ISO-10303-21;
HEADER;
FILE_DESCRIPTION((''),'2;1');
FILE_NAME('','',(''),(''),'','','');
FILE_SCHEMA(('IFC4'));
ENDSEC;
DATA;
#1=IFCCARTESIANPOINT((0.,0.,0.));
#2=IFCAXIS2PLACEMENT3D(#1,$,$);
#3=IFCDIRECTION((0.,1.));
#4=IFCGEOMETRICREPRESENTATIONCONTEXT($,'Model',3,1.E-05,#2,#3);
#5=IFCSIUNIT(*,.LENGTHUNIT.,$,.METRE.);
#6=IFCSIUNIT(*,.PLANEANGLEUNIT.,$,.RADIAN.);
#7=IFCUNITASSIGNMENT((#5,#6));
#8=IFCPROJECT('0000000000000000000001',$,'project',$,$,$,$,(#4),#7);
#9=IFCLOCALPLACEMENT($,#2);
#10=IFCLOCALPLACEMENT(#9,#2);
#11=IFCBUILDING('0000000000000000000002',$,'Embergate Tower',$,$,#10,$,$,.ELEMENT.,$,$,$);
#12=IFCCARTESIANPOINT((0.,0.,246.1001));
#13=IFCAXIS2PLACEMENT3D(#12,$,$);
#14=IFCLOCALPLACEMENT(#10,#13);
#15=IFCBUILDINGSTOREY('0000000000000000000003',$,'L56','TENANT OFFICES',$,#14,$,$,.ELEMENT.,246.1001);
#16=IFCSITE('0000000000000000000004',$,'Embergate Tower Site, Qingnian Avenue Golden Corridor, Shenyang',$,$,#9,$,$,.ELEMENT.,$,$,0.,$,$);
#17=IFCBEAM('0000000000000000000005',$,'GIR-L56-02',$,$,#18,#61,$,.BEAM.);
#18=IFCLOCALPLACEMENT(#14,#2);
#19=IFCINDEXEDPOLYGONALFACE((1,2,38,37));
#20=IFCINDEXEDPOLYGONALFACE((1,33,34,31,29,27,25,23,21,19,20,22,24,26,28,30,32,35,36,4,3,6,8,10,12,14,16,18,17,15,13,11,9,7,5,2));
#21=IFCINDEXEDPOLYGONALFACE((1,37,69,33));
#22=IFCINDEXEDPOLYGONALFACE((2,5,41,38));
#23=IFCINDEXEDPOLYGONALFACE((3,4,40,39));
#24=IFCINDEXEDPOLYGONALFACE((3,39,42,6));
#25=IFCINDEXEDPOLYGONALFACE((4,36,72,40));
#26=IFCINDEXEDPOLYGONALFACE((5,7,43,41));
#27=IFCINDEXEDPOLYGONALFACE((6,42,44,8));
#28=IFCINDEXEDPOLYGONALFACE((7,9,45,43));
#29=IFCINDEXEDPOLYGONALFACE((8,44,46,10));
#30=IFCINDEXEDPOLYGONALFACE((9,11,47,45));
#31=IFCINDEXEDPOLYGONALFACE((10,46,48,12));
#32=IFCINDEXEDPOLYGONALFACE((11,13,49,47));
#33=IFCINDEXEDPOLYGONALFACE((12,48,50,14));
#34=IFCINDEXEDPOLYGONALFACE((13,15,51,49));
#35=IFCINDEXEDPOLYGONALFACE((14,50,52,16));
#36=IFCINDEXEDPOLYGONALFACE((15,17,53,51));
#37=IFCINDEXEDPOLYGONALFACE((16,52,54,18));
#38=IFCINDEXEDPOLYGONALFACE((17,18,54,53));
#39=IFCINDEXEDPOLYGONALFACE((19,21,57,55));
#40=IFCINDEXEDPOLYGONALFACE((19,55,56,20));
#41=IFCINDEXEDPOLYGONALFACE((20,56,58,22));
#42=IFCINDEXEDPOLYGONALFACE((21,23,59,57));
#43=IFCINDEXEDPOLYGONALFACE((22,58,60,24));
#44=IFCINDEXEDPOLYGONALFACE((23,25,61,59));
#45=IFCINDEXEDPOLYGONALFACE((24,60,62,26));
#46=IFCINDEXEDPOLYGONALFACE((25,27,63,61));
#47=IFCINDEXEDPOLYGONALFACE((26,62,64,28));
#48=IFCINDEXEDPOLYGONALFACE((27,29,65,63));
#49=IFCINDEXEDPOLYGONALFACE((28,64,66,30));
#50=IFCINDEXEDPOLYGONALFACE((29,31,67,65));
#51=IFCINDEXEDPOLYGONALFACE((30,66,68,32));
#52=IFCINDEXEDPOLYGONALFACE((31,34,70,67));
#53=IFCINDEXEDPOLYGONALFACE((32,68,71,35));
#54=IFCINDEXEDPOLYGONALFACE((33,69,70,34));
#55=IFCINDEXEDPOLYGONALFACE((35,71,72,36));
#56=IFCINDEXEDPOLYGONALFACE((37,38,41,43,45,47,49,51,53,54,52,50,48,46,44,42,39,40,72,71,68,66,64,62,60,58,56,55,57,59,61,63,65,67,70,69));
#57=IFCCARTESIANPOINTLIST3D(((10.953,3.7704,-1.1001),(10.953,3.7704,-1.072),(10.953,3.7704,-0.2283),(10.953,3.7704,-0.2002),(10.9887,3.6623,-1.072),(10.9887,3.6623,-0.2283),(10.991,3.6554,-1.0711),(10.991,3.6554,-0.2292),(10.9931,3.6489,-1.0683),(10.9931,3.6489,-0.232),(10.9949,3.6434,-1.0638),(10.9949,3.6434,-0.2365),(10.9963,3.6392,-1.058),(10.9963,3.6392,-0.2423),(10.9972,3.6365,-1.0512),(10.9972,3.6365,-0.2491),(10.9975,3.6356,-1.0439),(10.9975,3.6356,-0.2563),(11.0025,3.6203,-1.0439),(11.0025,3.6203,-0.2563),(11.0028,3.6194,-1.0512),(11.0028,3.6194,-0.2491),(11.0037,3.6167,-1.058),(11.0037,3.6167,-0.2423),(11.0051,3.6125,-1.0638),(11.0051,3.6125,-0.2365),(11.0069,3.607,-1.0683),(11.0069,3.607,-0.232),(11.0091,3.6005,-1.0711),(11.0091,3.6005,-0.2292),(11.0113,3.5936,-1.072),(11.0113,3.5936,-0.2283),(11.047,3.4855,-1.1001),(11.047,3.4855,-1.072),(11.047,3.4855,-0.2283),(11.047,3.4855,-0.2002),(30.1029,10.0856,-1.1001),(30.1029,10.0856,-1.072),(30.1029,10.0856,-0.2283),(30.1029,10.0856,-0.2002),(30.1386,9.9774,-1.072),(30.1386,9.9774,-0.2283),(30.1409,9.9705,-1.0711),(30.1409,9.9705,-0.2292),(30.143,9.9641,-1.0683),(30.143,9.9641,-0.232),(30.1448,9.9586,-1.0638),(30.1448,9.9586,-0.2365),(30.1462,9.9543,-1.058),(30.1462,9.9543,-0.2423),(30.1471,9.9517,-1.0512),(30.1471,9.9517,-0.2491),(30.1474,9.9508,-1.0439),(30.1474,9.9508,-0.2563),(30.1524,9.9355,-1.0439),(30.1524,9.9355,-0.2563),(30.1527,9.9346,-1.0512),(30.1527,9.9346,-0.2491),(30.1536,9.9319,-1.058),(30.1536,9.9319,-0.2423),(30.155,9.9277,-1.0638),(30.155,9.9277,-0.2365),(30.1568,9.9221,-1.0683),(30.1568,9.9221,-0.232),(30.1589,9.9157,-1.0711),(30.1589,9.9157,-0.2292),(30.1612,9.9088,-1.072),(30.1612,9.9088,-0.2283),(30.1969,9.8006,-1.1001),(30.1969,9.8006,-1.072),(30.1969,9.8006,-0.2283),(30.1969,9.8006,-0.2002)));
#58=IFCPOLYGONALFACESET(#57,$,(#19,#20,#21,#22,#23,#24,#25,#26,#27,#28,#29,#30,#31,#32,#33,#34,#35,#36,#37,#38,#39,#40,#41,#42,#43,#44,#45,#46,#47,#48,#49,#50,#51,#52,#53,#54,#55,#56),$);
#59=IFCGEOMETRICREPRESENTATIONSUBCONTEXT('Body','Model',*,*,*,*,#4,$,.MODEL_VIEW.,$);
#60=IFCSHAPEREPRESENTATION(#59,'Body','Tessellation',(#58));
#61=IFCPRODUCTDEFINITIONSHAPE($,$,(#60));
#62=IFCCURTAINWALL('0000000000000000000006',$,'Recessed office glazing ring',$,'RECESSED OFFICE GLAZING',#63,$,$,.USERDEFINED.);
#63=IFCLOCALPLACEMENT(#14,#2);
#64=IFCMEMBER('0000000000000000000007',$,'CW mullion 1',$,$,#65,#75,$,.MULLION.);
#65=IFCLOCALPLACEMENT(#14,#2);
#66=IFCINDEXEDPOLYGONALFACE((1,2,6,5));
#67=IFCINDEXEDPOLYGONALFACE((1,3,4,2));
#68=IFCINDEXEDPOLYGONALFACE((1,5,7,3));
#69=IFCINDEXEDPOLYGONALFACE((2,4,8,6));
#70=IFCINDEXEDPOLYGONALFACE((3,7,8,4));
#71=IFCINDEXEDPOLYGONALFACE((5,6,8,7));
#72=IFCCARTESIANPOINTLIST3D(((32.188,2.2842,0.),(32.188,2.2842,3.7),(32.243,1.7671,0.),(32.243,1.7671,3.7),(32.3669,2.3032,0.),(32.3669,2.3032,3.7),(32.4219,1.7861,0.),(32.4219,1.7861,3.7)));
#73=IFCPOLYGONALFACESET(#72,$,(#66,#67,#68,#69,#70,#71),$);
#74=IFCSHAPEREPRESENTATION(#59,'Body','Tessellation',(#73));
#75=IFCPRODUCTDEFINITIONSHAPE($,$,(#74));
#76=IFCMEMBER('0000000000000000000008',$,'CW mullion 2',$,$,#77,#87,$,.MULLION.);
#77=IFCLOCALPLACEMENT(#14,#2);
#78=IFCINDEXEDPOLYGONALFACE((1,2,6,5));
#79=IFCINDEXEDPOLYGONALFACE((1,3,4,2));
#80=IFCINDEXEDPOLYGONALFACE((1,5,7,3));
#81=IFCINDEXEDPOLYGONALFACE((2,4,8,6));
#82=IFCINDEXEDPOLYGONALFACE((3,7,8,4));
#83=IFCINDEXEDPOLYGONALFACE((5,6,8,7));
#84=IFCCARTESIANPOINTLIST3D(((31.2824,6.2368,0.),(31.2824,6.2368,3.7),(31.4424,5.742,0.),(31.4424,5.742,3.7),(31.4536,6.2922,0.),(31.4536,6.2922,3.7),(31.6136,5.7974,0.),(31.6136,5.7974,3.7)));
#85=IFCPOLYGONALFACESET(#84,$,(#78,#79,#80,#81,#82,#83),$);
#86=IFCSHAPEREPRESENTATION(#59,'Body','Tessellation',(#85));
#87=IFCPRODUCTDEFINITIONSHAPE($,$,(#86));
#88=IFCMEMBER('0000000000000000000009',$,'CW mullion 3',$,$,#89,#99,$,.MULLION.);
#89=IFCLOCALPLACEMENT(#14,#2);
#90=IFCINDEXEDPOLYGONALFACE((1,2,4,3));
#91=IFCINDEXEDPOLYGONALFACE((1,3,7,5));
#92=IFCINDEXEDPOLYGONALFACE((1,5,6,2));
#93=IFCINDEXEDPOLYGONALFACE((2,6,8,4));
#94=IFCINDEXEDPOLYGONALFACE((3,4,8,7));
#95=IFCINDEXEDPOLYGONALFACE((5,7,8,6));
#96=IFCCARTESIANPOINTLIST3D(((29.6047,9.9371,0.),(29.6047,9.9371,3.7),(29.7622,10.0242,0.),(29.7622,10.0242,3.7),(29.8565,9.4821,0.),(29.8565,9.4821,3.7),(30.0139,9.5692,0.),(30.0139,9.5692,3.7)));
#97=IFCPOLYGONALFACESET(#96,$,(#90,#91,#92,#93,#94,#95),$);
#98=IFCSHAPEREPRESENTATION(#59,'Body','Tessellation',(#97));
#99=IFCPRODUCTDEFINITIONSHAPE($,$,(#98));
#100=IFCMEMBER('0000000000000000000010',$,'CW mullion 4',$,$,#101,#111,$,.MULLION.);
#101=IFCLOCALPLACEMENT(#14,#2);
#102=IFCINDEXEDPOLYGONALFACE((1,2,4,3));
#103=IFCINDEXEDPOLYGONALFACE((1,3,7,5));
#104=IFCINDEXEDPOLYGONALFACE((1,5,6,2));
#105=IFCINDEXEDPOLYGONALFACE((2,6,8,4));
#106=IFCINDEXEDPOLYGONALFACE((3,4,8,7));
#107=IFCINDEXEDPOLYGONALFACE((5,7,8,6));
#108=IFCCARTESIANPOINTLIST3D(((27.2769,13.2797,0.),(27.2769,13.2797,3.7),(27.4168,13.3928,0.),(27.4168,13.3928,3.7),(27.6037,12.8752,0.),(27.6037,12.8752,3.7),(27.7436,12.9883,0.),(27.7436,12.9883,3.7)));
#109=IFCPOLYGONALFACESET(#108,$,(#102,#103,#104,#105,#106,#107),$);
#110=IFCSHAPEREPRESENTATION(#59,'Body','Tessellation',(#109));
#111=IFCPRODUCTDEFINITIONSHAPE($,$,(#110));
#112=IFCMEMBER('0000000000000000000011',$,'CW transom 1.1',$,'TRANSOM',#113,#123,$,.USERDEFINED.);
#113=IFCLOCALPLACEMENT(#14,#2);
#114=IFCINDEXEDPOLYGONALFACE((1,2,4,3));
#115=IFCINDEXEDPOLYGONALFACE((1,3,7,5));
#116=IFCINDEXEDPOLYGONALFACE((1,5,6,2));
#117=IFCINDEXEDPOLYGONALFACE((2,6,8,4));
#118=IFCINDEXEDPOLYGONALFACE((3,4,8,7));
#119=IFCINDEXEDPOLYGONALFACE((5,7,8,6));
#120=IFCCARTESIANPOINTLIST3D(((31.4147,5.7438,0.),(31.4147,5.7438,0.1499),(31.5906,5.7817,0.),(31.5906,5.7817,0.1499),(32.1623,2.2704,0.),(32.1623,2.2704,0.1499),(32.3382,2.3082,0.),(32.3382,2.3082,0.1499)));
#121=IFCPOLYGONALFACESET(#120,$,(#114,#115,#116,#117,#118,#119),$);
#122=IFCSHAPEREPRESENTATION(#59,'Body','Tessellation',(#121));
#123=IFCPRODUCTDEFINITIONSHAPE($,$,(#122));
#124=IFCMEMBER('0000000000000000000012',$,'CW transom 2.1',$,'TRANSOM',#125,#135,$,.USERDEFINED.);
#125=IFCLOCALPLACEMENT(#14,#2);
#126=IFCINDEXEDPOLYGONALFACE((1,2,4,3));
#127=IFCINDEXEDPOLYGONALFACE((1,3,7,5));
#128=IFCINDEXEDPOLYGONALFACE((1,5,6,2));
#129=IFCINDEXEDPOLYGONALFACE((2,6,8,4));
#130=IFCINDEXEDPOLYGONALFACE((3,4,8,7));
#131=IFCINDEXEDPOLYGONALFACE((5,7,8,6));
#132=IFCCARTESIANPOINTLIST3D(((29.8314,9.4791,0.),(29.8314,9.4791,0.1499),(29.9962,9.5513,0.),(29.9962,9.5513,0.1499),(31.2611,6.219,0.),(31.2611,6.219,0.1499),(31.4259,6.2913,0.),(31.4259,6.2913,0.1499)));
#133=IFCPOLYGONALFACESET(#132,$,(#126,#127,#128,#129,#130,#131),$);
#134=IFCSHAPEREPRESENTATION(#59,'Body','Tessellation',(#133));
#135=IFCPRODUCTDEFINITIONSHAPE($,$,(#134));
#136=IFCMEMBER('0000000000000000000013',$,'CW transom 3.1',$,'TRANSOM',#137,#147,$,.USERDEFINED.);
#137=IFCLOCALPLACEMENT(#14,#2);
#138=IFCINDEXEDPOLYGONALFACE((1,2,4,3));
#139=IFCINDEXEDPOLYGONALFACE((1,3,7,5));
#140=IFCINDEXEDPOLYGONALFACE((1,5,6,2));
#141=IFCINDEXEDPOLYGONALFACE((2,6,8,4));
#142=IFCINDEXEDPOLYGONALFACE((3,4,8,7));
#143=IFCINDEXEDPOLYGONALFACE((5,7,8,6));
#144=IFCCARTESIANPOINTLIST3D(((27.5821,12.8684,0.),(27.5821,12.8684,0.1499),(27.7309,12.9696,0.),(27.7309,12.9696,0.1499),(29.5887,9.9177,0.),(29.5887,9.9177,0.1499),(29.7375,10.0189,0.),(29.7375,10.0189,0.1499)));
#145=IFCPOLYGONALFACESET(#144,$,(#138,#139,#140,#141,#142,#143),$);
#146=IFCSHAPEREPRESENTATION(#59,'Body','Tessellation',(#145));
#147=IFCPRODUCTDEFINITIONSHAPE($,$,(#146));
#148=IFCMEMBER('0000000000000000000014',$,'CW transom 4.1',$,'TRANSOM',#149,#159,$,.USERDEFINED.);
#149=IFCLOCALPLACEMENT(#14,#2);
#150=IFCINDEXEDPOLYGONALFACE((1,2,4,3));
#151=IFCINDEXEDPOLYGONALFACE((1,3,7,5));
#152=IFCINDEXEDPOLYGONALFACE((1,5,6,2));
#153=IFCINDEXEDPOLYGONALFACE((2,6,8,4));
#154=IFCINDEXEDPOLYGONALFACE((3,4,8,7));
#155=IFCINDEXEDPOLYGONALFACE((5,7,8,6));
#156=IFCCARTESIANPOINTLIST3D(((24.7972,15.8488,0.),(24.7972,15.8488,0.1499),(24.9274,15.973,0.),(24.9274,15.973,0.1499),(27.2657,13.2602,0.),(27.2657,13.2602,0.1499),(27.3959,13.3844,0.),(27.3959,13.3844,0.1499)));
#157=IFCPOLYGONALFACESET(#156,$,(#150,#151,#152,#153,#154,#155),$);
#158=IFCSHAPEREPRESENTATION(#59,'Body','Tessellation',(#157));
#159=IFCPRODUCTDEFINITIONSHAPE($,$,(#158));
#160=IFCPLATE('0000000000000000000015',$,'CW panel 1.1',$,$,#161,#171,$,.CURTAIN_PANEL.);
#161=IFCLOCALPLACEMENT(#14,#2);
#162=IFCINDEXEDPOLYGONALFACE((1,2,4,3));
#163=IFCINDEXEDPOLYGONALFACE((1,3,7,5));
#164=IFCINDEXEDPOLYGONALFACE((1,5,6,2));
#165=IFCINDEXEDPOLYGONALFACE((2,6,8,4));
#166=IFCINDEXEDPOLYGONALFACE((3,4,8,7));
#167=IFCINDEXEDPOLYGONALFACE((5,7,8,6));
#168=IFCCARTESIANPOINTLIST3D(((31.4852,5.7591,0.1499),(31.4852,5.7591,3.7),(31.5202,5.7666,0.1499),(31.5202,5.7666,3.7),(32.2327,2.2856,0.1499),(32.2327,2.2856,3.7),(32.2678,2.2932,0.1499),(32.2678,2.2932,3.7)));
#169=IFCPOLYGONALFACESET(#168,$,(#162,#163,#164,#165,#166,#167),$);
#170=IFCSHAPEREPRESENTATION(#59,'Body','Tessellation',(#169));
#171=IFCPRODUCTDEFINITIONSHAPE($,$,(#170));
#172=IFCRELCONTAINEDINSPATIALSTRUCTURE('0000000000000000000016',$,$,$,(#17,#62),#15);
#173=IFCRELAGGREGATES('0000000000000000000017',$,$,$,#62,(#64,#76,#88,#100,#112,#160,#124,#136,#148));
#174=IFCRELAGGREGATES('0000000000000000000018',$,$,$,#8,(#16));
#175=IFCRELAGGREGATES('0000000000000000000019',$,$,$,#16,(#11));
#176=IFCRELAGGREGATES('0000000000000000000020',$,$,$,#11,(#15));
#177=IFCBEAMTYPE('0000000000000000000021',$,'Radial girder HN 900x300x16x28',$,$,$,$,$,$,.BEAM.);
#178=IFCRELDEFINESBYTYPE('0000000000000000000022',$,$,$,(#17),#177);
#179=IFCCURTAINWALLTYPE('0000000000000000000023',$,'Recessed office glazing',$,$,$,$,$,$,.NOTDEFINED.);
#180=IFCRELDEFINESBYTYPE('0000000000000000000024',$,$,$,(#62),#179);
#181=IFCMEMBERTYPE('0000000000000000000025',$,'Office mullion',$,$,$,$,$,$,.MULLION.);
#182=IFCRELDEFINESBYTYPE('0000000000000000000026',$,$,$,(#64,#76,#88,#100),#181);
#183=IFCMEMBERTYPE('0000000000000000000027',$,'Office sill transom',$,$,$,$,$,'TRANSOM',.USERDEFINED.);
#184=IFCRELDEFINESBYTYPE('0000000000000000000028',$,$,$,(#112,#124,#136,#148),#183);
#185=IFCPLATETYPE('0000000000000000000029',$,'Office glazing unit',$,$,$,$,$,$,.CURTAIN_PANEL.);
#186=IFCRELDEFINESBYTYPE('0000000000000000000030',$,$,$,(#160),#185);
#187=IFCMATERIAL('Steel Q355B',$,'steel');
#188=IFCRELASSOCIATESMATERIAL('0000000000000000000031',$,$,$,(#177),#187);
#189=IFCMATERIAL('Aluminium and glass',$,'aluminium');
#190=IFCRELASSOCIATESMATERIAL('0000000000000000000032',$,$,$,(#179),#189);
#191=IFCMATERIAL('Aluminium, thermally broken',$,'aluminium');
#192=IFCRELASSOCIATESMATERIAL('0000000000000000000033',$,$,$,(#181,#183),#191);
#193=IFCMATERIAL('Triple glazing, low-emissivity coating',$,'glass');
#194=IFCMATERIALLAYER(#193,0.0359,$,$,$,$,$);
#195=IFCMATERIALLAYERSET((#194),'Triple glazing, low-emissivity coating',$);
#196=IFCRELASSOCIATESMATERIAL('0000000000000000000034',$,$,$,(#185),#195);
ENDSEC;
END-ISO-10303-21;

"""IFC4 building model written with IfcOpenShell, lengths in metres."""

from ifc_helpers import new_model, si_unit, direction, frame, origin, origin_2d, place, context, subcontext, project, spatial, rectangle, i_section, extrude, source, transform, mapped, material, layer, layer_set, material_profile, profile_set, type_object, element, aggregate, save


model = new_model("IFC4")

# Units and contexts
model_context = context("Model", 3, precision=1e-05, world=origin(), true_north=direction((0.0, 1.0)))
body_context = subcontext(model_context, "Body", "Model", "MODEL_VIEW")
ifc_project = project(units=[si_unit("LENGTHUNIT", "METRE"), si_unit("PLANEANGLEUNIT", "RADIAN")], contexts=[model_context])

# Site, building, storey
site_placement = place(None, origin())
site = spatial("IfcSite", under=ifc_project, at=site_placement, Name="Embergate Tower Site, Qingnian Avenue Golden Corridor, Shenyang", CompositionType="ELEMENT", RefElevation=0.0)
building_placement = place(site_placement, origin())
building = spatial("IfcBuilding", under=site, at=building_placement, Name="Embergate Tower", CompositionType="ELEMENT")
storey_placement = place(building_placement, frame((0.0, 0.0, 246.1001)))
storey = spatial("IfcBuildingStorey", under=building, at=storey_placement, Name="L56", Description="TENANT OFFICES", CompositionType="ELEMENT", Elevation=246.1001)

# Beam
ifc_material_1 = material(Name="Steel Q355B", Category="steel")
ifc_material_profile_1 = material_profile(ifc_material_1, i_section(OverallWidth=0.3, OverallDepth=0.8999, WebThickness=0.0161, FlangeThickness=0.0281, FilletRadius=0.0281, at=origin_2d()), Name="HN 900x300x16x28")
ifc_profile_set_1 = profile_set([ifc_material_profile_1], Name="Steel Q355 grade B")
beam_type_1 = type_object("IfcBeamType", Name="Radial girder HN 900x300x16x28", PredefinedType="BEAM", material=ifc_profile_set_1)
shared_shape_1 = source(origin(), body_context, "Body", "SweptSolid", [
    extrude(i_section(OverallWidth=0.3, OverallDepth=0.8999, WebThickness=0.0161, FlangeThickness=0.0281, FilletRadius=0.0281, at=origin_2d()), origin(), (0.0, 0.0, 1.0), 20.1643),
])
beam_1_placement = place(storey_placement, frame((30.1499, 9.9431, -0.6501), z_axis=(-0.949692, -0.313186, 0.0), x_axis=(0.313186, -0.949692, 0.0)))
element("IfcBeam", 1, at=beam_1_placement, inside=storey, type_object=beam_type_1, Name="GIR-L56-02", PredefinedType="BEAM", context=body_context, shape_type="MappedRepresentation", body=[
    mapped(shared_shape_1, transform((0.0, 0.0, 0.0))),
])

# Curtain wall, members, plate
ifc_material_2 = material(Name="Aluminium and glass", Category="aluminium")
curtain_wall_type = type_object("IfcCurtainWallType", Name="Recessed office glazing", PredefinedType="NOTDEFINED", material=ifc_material_2)
curtain_wall_placement = place(storey_placement, origin())
curtain_wall = element("IfcCurtainWall", 2, at=curtain_wall_placement, inside=storey, type_object=curtain_wall_type, Name="Recessed office glazing ring", ObjectType="RECESSED OFFICE GLAZING", PredefinedType="USERDEFINED")
ifc_material_3 = material(Name="Aluminium, thermally broken", Category="aluminium")
ifc_material_profile_2 = material_profile(ifc_material_3, rectangle(XDim=0.1799, YDim=0.52, at=origin_2d()), Name="AL 520x180")
ifc_profile_set_2 = profile_set([ifc_material_profile_2], Name="Aluminium, thermally broken")
member_type_1 = type_object("IfcMemberType", Name="Office mullion", PredefinedType="MULLION", material=ifc_profile_set_2)
shared_shape_2 = source(origin(), body_context, "Body", "SweptSolid", [
    extrude(rectangle(XDim=0.1799, YDim=0.52, at=origin_2d()), origin(), (0.0, 0.0, 1.0), 3.7),
])
member_1_placement = place(storey_placement, frame((32.3049, 2.0352, 0.0), z_axis=(0.0, 0.0, 1.0), x_axis=(-0.994385, -0.105827, 0.0)))
member_1 = element("IfcMember", 3, at=member_1_placement, type_object=member_type_1, Name="CW mullion 1", PredefinedType="MULLION", context=body_context, shape_type="MappedRepresentation", body=[
    mapped(shared_shape_2, transform((0.0, 0.0, 0.0))),
])
member_2_placement = place(storey_placement, frame((31.448, 6.0171, 0.0), z_axis=(0.0, 0.0, 1.0), x_axis=(-0.951496, -0.307662, 0.0)))
member_2 = element("IfcMember", 4, at=member_2_placement, type_object=member_type_1, Name="CW mullion 2", PredefinedType="MULLION", context=body_context, shape_type="MappedRepresentation", body=[
    mapped(shared_shape_2, transform((0.0, 0.0, 0.0))),
])
member_3_placement = place(storey_placement, frame((29.8093, 9.7532, 0.0), z_axis=(0.0, 0.0, 1.0), x_axis=(-0.874998, -0.484127, 0.0)))
member_3 = element("IfcMember", 5, at=member_3_placement, type_object=member_type_1, Name="CW mullion 3", PredefinedType="MULLION", context=body_context, shape_type="MappedRepresentation", body=[
    mapped(shared_shape_2, transform((0.0, 0.0, 0.0))),
])
member_4_placement = place(storey_placement, frame((27.5103, 13.134, 0.0), z_axis=(0.0, 0.0, 1.0), x_axis=(-0.777868, -0.628427, 0.0)))
member_4 = element("IfcMember", 6, at=member_4_placement, type_object=member_type_1, Name="CW mullion 4", PredefinedType="MULLION", context=body_context, shape_type="MappedRepresentation", body=[
    mapped(shared_shape_2, transform((0.0, 0.0, 0.0))),
])
ifc_material_profile_3 = material_profile(ifc_material_3, rectangle(XDim=0.1799, YDim=0.1499, at=origin_2d()), Name="AL 150x180")
ifc_profile_set_3 = profile_set([ifc_material_profile_3], Name="Aluminium, thermally broken")
member_type_2 = type_object("IfcMemberType", Name="Office sill transom", ElementType="TRANSOM", PredefinedType="USERDEFINED", material=ifc_profile_set_3)
shared_shape_3 = source(origin(), body_context, "Body", "SweptSolid", [
    extrude(rectangle(XDim=0.1799, YDim=0.1499, at=origin_2d()), origin(), (0.0, 0.0, 1.0), 3.553),
])
member_5_placement = place(storey_placement, frame((32.2502, 2.2893, 0.075), z_axis=(-0.210407, 0.977614, 0.0), x_axis=(-0.977614, -0.210407, 0.0)))
member_5 = element("IfcMember", 7, at=member_5_placement, type_object=member_type_2, Name="CW transom 1.1", ObjectType="TRANSOM", PredefinedType="USERDEFINED", context=body_context, shape_type="MappedRepresentation", body=[
    mapped(shared_shape_3, transform((0.0, 0.0, 0.0))),
])
shared_shape_4 = source(origin(), body_context, "Body", "SweptSolid", [
    extrude(rectangle(XDim=0.1799, YDim=0.1499, at=origin_2d()), origin(), (0.0, 0.0, 1.0), 3.5598),
])
member_6_placement = place(storey_placement, frame((31.3435, 6.2551, 0.075), z_axis=(-0.401628, 0.915803, 0.0), x_axis=(-0.915803, -0.401628, 0.0)))
member_6 = element("IfcMember", 8, at=member_6_placement, type_object=member_type_2, Name="CW transom 2.1", ObjectType="TRANSOM", PredefinedType="USERDEFINED", context=body_context, shape_type="MappedRepresentation", body=[
    mapped(shared_shape_4, transform((0.0, 0.0, 0.0))),
])
shared_shape_5 = source(origin(), body_context, "Body", "SweptSolid", [
    extrude(rectangle(XDim=0.1799, YDim=0.1499, at=origin_2d()), origin(), (0.0, 0.0, 1.0), 3.5684),
])
member_7_placement = place(storey_placement, frame((29.6631, 9.9683, 0.075), z_axis=(-0.562334, 0.82691, 0.0), x_axis=(-0.82691, -0.562334, 0.0)))
member_7 = element("IfcMember", 9, at=member_7_placement, type_object=member_type_2, Name="CW transom 3.1", ObjectType="TRANSOM", PredefinedType="USERDEFINED", context=body_context, shape_type="MappedRepresentation", body=[
    mapped(shared_shape_5, transform((0.0, 0.0, 0.0))),
])
shared_shape_6 = source(origin(), body_context, "Body", "SweptSolid", [
    extrude(rectangle(XDim=0.1799, YDim=0.1499, at=origin_2d()), origin(), (0.0, 0.0, 1.0), 3.5769),
])
member_8_placement = place(storey_placement, frame((27.3308, 13.3223, 0.075), z_axis=(-0.690117, 0.723698, 0.0), x_axis=(-0.723698, -0.690117, 0.0)))
member_8 = element("IfcMember", 10, at=member_8_placement, type_object=member_type_2, Name="CW transom 4.1", ObjectType="TRANSOM", PredefinedType="USERDEFINED", context=body_context, shape_type="MappedRepresentation", body=[
    mapped(shared_shape_6, transform((0.0, 0.0, 0.0))),
])
ifc_material_4 = material(Name="Triple glazing, low-emissivity coating", Category="glass")
ifc_layer_1 = layer(ifc_material_4, 0.0359)
ifc_layer_set_1 = layer_set([ifc_layer_1], Name="Triple glazing, low-emissivity coating")
plate_type = type_object("IfcPlateType", Name="Office glazing unit", PredefinedType="CURTAIN_PANEL", material=ifc_layer_set_1)
shared_shape_7 = source(origin(), body_context, "Body", "SweptSolid", [
    extrude(rectangle(XDim=3.553, YDim=0.0359, at=origin_2d()), origin(), (0.0, 0.0, 1.0), 3.55),
])
plate_1_placement = place(storey_placement, frame((31.8765, 4.0261, 0.1499), z_axis=(0.0, 0.0, 1.0), x_axis=(-0.210398, 0.977616, 0.0)))
plate_1 = element("IfcPlate", 11, at=plate_1_placement, type_object=plate_type, Name="CW panel 1.1", PredefinedType="CURTAIN_PANEL", context=body_context, shape_type="MappedRepresentation", body=[
    mapped(shared_shape_7, transform((0.0, 0.0, 0.0))),
])
aggregate(curtain_wall, [member_1, member_2, member_3, member_4, member_5, plate_1, member_6, member_7, member_8])

save(model, "model.ifc")
